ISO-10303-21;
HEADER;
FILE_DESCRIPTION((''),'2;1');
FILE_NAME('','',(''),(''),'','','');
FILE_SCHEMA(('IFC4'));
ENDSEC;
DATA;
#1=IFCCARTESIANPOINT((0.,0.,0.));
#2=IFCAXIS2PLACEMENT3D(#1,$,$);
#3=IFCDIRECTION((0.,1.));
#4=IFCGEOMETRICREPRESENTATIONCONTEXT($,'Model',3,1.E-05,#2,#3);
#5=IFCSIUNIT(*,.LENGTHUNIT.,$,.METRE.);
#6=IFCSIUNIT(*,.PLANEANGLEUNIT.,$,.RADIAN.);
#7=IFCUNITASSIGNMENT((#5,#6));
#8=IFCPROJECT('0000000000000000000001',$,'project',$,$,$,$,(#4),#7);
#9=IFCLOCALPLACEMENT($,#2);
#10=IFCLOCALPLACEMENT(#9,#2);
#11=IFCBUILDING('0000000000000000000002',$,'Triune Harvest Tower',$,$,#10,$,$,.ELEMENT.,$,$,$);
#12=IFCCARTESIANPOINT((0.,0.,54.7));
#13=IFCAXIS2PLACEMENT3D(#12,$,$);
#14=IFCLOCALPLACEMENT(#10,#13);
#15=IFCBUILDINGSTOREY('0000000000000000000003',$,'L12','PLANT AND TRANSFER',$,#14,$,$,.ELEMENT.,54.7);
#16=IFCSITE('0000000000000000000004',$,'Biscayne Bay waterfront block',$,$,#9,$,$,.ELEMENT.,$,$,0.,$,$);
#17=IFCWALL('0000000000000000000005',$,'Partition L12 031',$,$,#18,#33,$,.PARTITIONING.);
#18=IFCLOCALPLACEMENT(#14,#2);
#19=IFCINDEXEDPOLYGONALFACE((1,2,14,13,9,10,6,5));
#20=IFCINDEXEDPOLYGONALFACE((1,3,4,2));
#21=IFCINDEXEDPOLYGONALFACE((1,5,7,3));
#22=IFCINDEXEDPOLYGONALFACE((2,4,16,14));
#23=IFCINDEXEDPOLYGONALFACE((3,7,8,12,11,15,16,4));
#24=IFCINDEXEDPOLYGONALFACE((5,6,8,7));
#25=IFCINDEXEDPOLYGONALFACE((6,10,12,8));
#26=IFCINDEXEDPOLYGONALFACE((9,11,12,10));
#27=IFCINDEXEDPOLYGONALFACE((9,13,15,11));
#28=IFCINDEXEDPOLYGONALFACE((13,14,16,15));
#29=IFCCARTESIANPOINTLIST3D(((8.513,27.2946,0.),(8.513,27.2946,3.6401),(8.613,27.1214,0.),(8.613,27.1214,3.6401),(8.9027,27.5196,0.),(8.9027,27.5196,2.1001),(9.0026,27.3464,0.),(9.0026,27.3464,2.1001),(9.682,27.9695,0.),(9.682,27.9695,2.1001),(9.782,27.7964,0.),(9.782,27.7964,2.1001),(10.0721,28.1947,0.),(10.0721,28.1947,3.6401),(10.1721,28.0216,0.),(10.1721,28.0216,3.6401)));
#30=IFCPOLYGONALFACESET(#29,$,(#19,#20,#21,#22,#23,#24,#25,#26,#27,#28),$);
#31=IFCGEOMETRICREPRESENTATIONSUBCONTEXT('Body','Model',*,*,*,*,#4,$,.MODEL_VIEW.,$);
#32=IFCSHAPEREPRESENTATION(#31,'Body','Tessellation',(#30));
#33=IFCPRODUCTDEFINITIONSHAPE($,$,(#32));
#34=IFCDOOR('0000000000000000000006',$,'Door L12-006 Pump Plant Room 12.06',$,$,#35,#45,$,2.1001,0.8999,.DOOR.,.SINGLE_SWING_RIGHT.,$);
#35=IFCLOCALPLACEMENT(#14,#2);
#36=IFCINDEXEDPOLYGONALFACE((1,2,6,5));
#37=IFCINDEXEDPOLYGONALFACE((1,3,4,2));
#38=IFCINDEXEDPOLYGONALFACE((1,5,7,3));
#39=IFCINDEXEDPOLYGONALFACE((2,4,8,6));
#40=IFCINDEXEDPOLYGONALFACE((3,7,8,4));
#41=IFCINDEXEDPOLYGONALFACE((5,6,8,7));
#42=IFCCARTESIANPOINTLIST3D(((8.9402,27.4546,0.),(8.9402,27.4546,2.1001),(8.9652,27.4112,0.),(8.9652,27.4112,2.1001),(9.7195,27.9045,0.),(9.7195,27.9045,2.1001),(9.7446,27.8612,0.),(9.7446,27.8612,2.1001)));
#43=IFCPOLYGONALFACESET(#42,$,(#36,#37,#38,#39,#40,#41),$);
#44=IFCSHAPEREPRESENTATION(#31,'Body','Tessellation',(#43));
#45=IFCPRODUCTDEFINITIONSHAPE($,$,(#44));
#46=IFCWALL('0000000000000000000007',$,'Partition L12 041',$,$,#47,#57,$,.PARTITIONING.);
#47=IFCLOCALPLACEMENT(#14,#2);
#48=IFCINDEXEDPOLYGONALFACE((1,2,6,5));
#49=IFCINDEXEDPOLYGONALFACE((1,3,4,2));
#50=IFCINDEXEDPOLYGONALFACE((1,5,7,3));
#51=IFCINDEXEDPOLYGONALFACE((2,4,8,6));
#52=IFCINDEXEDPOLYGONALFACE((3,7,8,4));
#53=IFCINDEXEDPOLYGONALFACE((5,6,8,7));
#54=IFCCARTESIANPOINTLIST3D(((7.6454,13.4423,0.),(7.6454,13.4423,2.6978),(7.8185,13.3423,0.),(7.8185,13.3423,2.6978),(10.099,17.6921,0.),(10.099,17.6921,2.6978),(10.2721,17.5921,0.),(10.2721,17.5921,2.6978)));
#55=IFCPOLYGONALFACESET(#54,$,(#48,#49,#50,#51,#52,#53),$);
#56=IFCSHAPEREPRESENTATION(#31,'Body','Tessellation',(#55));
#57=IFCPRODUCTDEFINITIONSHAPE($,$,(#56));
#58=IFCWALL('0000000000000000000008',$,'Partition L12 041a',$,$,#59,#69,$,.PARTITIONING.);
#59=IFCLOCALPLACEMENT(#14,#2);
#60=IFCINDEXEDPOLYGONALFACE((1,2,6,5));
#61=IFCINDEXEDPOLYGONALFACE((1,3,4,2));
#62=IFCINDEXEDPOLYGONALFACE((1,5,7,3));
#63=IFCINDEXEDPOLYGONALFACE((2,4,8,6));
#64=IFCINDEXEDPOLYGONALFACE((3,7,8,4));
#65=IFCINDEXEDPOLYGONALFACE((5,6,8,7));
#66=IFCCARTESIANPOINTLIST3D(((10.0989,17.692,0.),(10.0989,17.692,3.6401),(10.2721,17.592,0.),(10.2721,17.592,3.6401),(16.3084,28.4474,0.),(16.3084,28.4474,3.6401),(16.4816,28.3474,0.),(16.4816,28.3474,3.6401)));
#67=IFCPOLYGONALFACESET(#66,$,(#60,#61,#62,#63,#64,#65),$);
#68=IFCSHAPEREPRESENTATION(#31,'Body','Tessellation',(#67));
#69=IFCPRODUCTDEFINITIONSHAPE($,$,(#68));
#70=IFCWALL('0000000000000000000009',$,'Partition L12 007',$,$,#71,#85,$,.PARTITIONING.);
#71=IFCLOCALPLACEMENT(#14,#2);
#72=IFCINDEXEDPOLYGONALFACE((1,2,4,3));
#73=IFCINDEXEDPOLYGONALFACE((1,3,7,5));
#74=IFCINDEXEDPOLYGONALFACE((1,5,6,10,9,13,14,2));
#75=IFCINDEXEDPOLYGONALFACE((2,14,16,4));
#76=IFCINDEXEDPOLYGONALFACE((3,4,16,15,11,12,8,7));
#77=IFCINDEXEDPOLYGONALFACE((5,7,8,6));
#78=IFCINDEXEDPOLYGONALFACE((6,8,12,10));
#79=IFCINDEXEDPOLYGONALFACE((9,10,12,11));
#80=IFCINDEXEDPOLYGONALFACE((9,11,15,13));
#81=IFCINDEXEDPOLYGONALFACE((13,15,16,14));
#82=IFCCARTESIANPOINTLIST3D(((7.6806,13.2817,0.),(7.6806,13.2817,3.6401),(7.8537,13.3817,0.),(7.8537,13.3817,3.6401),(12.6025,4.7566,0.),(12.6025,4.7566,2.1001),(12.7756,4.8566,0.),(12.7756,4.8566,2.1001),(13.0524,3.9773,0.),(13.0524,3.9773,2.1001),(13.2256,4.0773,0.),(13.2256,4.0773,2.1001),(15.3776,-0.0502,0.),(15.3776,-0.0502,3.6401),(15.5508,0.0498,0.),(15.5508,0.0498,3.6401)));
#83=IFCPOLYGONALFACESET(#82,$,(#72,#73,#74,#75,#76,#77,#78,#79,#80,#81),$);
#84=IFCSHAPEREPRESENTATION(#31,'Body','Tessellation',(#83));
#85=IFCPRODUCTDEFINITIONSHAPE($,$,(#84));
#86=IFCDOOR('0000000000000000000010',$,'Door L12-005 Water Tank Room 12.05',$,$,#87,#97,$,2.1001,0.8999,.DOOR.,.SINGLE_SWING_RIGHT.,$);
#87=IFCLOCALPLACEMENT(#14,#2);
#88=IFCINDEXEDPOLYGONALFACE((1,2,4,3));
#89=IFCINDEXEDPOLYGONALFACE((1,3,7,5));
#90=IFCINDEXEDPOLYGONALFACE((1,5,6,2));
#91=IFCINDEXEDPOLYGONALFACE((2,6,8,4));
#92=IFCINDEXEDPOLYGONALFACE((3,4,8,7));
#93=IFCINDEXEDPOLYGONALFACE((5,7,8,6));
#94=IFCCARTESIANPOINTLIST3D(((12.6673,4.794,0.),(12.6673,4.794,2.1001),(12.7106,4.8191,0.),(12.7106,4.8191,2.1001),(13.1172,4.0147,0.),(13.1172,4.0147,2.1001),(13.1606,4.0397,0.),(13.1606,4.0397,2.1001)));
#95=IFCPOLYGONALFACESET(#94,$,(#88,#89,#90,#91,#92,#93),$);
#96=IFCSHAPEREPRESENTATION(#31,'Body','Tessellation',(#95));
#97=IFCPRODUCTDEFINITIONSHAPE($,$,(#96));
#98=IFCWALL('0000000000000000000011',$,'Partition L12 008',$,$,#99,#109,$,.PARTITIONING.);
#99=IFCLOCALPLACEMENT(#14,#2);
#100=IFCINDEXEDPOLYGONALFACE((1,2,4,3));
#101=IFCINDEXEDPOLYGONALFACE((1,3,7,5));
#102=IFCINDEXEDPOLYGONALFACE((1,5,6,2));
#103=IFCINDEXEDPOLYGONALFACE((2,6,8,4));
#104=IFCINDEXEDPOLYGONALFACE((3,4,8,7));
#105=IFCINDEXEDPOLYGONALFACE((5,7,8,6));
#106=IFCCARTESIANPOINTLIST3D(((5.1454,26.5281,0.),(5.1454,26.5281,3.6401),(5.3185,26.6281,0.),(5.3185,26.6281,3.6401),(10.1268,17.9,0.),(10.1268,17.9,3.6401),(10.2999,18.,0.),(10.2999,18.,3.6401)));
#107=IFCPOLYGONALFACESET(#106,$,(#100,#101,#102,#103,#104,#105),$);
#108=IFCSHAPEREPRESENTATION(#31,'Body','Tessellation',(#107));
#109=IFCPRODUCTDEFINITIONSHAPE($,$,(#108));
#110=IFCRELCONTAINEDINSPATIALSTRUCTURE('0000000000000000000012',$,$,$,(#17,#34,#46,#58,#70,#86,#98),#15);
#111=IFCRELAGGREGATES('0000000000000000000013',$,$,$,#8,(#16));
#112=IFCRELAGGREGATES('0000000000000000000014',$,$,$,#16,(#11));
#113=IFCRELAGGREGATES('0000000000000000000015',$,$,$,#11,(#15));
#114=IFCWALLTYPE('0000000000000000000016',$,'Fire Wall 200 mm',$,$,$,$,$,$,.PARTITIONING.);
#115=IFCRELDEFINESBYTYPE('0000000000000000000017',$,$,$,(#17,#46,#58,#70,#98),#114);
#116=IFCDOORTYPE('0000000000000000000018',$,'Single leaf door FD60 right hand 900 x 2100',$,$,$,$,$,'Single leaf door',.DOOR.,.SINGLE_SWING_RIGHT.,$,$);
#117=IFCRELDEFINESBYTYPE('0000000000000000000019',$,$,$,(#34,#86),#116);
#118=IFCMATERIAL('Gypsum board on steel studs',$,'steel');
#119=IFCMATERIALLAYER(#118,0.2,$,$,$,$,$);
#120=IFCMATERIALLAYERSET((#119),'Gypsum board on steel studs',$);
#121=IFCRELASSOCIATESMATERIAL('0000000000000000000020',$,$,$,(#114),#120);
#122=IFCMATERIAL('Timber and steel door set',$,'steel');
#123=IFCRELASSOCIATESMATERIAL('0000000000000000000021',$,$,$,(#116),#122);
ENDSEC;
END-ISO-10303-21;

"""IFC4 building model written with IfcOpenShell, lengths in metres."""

from ifc_helpers import new_model, si_unit, direction, frame, frame_2d, origin, place, context, subcontext, project, spatial, rectangle, extrude, source, transform, mapped, material, layer, layer_set, type_object, element, fill, save


model = new_model("IFC4")

# Units and contexts
model_context = context("Model", 3, precision=1e-05, world=origin(), true_north=direction((0.0, 1.0)))
body_context = subcontext(model_context, "Body", "Model", "MODEL_VIEW")
ifc_project = project(units=[si_unit("LENGTHUNIT", "METRE"), si_unit("PLANEANGLEUNIT", "RADIAN")], contexts=[model_context])

# Site, building, storey
site_placement = place(None, origin())
site = spatial("IfcSite", under=ifc_project, at=site_placement, Name="Biscayne Bay waterfront block", CompositionType="ELEMENT", RefElevation=0.0)
building_placement = place(site_placement, origin())
building = spatial("IfcBuilding", under=site, at=building_placement, Name="Triune Harvest Tower", CompositionType="ELEMENT")
storey_placement = place(building_placement, frame((0.0, 0.0, 54.7)))
storey = spatial("IfcBuildingStorey", under=building, at=storey_placement, Name="L12", Description="PLANT AND TRANSFER", CompositionType="ELEMENT", Elevation=54.7)

# Wall, opening, door
ifc_material_1 = material(Name="Gypsum board on steel studs", Category="steel")
ifc_layer_1 = layer(ifc_material_1, 0.2)
ifc_layer_set_1 = layer_set([ifc_layer_1], Name="Gypsum board on steel studs")
wall_type = type_object("IfcWallType", Name="Fire Wall 200 mm", PredefinedType="PARTITIONING", material=ifc_layer_set_1)
wall_1_placement = place(storey_placement, frame((8.563, 27.208, 0.0), z_axis=(0.0, 0.0, 1.0), x_axis=(0.866023, 0.500004, 0.0)))
wall_1 = element("IfcWall", 1, at=wall_1_placement, inside=storey, type_object=wall_type, Name="Partition L12 031", PredefinedType="PARTITIONING", context=body_context, shape_type="SweptSolid", body=[
    extrude(rectangle(XDim=1.8003, YDim=0.2, at=frame_2d((0.9001, 0.0))), origin(), (0.0, 0.0, 1.0), 3.6401),
])
opening_1_placement = place(wall_1_placement, frame((0.45, 0.0, 0.0)))
opening_1 = element("IfcOpeningElement", 2, at=opening_1_placement, cuts=wall_1, PredefinedType="OPENING", context=body_context, shape_type="SweptSolid", body=[
    extrude(rectangle(XDim=0.8999, YDim=2.1001, at=frame_2d((0.45, 1.05))), frame((0.0, 0.1099, 0.0), z_axis=(0.0, -1.0, 0.0), x_axis=(1.0, 0.0, 0.0)), (0.0, 0.0, 1.0), 0.22),
])
ifc_material_2 = material(Name="Timber and steel door set", Category="steel")
door_type = type_object("IfcDoorType", Name="Single leaf door FD60 right hand 900 x 2100", ElementType="Single leaf door", OperationType="SINGLE_SWING_RIGHT", PredefinedType="DOOR", material=ifc_material_2)
door_1_placement = place(opening_1_placement, origin())
door_1 = element("IfcDoor", 3, at=door_1_placement, inside=storey, type_object=door_type, Name="Door L12-006 Pump Plant Room 12.06", OperationType="SINGLE_SWING_RIGHT", OverallHeight=2.1001, OverallWidth=0.8999, PredefinedType="DOOR", context=body_context, shape_type="SweptSolid", body=[
    extrude(rectangle(XDim=0.8999, YDim=2.1001, at=frame_2d((0.45, 1.05))), frame((0.0, 0.0249, 0.0), z_axis=(0.0, -1.0, 0.0), x_axis=(1.0, 0.0, 0.0)), (0.0, 0.0, 1.0), 0.05),
])
fill(opening_1, door_1)

# Walls
wall_2_placement = place(storey_placement, frame((7.7319, 13.3923, 0.0), z_axis=(0.0, 0.0, 1.0), x_axis=(0.500002, 0.866024, 0.0)))
element("IfcWall", 4, at=wall_2_placement, inside=storey, type_object=wall_type, Name="Partition L12 041", PredefinedType="PARTITIONING", context=body_context, shape_type="SweptSolid", body=[
    extrude(rectangle(XDim=4.9072, YDim=0.2, at=frame_2d((2.4536, 0.0))), origin(), (0.0, 0.0, 1.0), 2.6978),
])
wall_3_placement = place(storey_placement, frame((10.1855, 17.6421, 0.0), z_axis=(0.0, 0.0, 1.0), x_axis=(0.499991, 0.86603, 0.0)))
element("IfcWall", 5, at=wall_3_placement, inside=storey, type_object=wall_type, Name="Partition L12 041a", PredefinedType="PARTITIONING", context=body_context, shape_type="SweptSolid", body=[
    extrude(rectangle(XDim=12.4192, YDim=0.2, at=frame_2d((6.2095, 0.0))), origin(), (0.0, 0.0, 1.0), 3.6401),
])

# Wall, opening, door
shared_shape_1 = source(origin(), body_context, "Body", "SweptSolid", [
    extrude(rectangle(XDim=15.3943, YDim=0.2, at=frame_2d((7.6973, 0.0))), origin(), (0.0, 0.0, 1.0), 3.6401),
])
wall_4_placement = place(storey_placement, frame((7.7671, 13.3318, 0.0), z_axis=(0.0, 0.0, 1.0), x_axis=(0.499996, -0.866028, 0.0)))
wall_4 = element("IfcWall", 6, at=wall_4_placement, inside=storey, type_object=wall_type, Name="Partition L12 007", PredefinedType="PARTITIONING", context=body_context, shape_type="MappedRepresentation", body=[
    mapped(shared_shape_1, transform((0.0, 0.0, 0.0), scale=1.0)),
])
opening_2_placement = place(wall_4_placement, frame((9.844, 0.0, 0.0)))
opening_2 = element("IfcOpeningElement", 7, at=opening_2_placement, cuts=wall_4, PredefinedType="OPENING", context=body_context, shape_type="SweptSolid", body=[
    extrude(rectangle(XDim=0.8999, YDim=2.1001, at=frame_2d((0.45, 1.05))), frame((0.0, 0.1099, 0.0), z_axis=(0.0, -1.0, 0.0), x_axis=(1.0, 0.0, 0.0)), (0.0, 0.0, 1.0), 0.22),
])
door_2_placement = place(opening_2_placement, origin())
door_2 = element("IfcDoor", 8, at=door_2_placement, inside=storey, type_object=door_type, Name="Door L12-005 Water Tank Room 12.05", OperationType="SINGLE_SWING_RIGHT", OverallHeight=2.1001, OverallWidth=0.8999, PredefinedType="DOOR", context=body_context, shape_type="SweptSolid", body=[
    extrude(rectangle(XDim=0.8999, YDim=2.1001, at=frame_2d((0.45, 1.05))), frame((0.0, 0.0249, 0.0), z_axis=(0.0, -1.0, 0.0), x_axis=(1.0, 0.0, 0.0)), (0.0, 0.0, 1.0), 0.05),
])
fill(opening_2, door_2)

# Wall
shared_shape_2 = source(origin(), body_context, "Body", "SweptSolid", [
    extrude(rectangle(XDim=9.9629, YDim=0.2, at=frame_2d((4.9814, 0.0))), origin(), (0.0, 0.0, 1.0), 3.6401),
])
wall_5_placement = place(storey_placement, frame((5.2319, 26.5781, 0.0), z_axis=(0.0, 0.0, 1.0), x_axis=(0.499998, -0.866027, 0.0)))
element("IfcWall", 9, at=wall_5_placement, inside=storey, type_object=wall_type, Name="Partition L12 008", PredefinedType="PARTITIONING", context=body_context, shape_type="MappedRepresentation", body=[
    mapped(shared_shape_2, transform((0.0, 0.0, 0.0), scale=1.0)),
])

save(model, "model.ifc")
